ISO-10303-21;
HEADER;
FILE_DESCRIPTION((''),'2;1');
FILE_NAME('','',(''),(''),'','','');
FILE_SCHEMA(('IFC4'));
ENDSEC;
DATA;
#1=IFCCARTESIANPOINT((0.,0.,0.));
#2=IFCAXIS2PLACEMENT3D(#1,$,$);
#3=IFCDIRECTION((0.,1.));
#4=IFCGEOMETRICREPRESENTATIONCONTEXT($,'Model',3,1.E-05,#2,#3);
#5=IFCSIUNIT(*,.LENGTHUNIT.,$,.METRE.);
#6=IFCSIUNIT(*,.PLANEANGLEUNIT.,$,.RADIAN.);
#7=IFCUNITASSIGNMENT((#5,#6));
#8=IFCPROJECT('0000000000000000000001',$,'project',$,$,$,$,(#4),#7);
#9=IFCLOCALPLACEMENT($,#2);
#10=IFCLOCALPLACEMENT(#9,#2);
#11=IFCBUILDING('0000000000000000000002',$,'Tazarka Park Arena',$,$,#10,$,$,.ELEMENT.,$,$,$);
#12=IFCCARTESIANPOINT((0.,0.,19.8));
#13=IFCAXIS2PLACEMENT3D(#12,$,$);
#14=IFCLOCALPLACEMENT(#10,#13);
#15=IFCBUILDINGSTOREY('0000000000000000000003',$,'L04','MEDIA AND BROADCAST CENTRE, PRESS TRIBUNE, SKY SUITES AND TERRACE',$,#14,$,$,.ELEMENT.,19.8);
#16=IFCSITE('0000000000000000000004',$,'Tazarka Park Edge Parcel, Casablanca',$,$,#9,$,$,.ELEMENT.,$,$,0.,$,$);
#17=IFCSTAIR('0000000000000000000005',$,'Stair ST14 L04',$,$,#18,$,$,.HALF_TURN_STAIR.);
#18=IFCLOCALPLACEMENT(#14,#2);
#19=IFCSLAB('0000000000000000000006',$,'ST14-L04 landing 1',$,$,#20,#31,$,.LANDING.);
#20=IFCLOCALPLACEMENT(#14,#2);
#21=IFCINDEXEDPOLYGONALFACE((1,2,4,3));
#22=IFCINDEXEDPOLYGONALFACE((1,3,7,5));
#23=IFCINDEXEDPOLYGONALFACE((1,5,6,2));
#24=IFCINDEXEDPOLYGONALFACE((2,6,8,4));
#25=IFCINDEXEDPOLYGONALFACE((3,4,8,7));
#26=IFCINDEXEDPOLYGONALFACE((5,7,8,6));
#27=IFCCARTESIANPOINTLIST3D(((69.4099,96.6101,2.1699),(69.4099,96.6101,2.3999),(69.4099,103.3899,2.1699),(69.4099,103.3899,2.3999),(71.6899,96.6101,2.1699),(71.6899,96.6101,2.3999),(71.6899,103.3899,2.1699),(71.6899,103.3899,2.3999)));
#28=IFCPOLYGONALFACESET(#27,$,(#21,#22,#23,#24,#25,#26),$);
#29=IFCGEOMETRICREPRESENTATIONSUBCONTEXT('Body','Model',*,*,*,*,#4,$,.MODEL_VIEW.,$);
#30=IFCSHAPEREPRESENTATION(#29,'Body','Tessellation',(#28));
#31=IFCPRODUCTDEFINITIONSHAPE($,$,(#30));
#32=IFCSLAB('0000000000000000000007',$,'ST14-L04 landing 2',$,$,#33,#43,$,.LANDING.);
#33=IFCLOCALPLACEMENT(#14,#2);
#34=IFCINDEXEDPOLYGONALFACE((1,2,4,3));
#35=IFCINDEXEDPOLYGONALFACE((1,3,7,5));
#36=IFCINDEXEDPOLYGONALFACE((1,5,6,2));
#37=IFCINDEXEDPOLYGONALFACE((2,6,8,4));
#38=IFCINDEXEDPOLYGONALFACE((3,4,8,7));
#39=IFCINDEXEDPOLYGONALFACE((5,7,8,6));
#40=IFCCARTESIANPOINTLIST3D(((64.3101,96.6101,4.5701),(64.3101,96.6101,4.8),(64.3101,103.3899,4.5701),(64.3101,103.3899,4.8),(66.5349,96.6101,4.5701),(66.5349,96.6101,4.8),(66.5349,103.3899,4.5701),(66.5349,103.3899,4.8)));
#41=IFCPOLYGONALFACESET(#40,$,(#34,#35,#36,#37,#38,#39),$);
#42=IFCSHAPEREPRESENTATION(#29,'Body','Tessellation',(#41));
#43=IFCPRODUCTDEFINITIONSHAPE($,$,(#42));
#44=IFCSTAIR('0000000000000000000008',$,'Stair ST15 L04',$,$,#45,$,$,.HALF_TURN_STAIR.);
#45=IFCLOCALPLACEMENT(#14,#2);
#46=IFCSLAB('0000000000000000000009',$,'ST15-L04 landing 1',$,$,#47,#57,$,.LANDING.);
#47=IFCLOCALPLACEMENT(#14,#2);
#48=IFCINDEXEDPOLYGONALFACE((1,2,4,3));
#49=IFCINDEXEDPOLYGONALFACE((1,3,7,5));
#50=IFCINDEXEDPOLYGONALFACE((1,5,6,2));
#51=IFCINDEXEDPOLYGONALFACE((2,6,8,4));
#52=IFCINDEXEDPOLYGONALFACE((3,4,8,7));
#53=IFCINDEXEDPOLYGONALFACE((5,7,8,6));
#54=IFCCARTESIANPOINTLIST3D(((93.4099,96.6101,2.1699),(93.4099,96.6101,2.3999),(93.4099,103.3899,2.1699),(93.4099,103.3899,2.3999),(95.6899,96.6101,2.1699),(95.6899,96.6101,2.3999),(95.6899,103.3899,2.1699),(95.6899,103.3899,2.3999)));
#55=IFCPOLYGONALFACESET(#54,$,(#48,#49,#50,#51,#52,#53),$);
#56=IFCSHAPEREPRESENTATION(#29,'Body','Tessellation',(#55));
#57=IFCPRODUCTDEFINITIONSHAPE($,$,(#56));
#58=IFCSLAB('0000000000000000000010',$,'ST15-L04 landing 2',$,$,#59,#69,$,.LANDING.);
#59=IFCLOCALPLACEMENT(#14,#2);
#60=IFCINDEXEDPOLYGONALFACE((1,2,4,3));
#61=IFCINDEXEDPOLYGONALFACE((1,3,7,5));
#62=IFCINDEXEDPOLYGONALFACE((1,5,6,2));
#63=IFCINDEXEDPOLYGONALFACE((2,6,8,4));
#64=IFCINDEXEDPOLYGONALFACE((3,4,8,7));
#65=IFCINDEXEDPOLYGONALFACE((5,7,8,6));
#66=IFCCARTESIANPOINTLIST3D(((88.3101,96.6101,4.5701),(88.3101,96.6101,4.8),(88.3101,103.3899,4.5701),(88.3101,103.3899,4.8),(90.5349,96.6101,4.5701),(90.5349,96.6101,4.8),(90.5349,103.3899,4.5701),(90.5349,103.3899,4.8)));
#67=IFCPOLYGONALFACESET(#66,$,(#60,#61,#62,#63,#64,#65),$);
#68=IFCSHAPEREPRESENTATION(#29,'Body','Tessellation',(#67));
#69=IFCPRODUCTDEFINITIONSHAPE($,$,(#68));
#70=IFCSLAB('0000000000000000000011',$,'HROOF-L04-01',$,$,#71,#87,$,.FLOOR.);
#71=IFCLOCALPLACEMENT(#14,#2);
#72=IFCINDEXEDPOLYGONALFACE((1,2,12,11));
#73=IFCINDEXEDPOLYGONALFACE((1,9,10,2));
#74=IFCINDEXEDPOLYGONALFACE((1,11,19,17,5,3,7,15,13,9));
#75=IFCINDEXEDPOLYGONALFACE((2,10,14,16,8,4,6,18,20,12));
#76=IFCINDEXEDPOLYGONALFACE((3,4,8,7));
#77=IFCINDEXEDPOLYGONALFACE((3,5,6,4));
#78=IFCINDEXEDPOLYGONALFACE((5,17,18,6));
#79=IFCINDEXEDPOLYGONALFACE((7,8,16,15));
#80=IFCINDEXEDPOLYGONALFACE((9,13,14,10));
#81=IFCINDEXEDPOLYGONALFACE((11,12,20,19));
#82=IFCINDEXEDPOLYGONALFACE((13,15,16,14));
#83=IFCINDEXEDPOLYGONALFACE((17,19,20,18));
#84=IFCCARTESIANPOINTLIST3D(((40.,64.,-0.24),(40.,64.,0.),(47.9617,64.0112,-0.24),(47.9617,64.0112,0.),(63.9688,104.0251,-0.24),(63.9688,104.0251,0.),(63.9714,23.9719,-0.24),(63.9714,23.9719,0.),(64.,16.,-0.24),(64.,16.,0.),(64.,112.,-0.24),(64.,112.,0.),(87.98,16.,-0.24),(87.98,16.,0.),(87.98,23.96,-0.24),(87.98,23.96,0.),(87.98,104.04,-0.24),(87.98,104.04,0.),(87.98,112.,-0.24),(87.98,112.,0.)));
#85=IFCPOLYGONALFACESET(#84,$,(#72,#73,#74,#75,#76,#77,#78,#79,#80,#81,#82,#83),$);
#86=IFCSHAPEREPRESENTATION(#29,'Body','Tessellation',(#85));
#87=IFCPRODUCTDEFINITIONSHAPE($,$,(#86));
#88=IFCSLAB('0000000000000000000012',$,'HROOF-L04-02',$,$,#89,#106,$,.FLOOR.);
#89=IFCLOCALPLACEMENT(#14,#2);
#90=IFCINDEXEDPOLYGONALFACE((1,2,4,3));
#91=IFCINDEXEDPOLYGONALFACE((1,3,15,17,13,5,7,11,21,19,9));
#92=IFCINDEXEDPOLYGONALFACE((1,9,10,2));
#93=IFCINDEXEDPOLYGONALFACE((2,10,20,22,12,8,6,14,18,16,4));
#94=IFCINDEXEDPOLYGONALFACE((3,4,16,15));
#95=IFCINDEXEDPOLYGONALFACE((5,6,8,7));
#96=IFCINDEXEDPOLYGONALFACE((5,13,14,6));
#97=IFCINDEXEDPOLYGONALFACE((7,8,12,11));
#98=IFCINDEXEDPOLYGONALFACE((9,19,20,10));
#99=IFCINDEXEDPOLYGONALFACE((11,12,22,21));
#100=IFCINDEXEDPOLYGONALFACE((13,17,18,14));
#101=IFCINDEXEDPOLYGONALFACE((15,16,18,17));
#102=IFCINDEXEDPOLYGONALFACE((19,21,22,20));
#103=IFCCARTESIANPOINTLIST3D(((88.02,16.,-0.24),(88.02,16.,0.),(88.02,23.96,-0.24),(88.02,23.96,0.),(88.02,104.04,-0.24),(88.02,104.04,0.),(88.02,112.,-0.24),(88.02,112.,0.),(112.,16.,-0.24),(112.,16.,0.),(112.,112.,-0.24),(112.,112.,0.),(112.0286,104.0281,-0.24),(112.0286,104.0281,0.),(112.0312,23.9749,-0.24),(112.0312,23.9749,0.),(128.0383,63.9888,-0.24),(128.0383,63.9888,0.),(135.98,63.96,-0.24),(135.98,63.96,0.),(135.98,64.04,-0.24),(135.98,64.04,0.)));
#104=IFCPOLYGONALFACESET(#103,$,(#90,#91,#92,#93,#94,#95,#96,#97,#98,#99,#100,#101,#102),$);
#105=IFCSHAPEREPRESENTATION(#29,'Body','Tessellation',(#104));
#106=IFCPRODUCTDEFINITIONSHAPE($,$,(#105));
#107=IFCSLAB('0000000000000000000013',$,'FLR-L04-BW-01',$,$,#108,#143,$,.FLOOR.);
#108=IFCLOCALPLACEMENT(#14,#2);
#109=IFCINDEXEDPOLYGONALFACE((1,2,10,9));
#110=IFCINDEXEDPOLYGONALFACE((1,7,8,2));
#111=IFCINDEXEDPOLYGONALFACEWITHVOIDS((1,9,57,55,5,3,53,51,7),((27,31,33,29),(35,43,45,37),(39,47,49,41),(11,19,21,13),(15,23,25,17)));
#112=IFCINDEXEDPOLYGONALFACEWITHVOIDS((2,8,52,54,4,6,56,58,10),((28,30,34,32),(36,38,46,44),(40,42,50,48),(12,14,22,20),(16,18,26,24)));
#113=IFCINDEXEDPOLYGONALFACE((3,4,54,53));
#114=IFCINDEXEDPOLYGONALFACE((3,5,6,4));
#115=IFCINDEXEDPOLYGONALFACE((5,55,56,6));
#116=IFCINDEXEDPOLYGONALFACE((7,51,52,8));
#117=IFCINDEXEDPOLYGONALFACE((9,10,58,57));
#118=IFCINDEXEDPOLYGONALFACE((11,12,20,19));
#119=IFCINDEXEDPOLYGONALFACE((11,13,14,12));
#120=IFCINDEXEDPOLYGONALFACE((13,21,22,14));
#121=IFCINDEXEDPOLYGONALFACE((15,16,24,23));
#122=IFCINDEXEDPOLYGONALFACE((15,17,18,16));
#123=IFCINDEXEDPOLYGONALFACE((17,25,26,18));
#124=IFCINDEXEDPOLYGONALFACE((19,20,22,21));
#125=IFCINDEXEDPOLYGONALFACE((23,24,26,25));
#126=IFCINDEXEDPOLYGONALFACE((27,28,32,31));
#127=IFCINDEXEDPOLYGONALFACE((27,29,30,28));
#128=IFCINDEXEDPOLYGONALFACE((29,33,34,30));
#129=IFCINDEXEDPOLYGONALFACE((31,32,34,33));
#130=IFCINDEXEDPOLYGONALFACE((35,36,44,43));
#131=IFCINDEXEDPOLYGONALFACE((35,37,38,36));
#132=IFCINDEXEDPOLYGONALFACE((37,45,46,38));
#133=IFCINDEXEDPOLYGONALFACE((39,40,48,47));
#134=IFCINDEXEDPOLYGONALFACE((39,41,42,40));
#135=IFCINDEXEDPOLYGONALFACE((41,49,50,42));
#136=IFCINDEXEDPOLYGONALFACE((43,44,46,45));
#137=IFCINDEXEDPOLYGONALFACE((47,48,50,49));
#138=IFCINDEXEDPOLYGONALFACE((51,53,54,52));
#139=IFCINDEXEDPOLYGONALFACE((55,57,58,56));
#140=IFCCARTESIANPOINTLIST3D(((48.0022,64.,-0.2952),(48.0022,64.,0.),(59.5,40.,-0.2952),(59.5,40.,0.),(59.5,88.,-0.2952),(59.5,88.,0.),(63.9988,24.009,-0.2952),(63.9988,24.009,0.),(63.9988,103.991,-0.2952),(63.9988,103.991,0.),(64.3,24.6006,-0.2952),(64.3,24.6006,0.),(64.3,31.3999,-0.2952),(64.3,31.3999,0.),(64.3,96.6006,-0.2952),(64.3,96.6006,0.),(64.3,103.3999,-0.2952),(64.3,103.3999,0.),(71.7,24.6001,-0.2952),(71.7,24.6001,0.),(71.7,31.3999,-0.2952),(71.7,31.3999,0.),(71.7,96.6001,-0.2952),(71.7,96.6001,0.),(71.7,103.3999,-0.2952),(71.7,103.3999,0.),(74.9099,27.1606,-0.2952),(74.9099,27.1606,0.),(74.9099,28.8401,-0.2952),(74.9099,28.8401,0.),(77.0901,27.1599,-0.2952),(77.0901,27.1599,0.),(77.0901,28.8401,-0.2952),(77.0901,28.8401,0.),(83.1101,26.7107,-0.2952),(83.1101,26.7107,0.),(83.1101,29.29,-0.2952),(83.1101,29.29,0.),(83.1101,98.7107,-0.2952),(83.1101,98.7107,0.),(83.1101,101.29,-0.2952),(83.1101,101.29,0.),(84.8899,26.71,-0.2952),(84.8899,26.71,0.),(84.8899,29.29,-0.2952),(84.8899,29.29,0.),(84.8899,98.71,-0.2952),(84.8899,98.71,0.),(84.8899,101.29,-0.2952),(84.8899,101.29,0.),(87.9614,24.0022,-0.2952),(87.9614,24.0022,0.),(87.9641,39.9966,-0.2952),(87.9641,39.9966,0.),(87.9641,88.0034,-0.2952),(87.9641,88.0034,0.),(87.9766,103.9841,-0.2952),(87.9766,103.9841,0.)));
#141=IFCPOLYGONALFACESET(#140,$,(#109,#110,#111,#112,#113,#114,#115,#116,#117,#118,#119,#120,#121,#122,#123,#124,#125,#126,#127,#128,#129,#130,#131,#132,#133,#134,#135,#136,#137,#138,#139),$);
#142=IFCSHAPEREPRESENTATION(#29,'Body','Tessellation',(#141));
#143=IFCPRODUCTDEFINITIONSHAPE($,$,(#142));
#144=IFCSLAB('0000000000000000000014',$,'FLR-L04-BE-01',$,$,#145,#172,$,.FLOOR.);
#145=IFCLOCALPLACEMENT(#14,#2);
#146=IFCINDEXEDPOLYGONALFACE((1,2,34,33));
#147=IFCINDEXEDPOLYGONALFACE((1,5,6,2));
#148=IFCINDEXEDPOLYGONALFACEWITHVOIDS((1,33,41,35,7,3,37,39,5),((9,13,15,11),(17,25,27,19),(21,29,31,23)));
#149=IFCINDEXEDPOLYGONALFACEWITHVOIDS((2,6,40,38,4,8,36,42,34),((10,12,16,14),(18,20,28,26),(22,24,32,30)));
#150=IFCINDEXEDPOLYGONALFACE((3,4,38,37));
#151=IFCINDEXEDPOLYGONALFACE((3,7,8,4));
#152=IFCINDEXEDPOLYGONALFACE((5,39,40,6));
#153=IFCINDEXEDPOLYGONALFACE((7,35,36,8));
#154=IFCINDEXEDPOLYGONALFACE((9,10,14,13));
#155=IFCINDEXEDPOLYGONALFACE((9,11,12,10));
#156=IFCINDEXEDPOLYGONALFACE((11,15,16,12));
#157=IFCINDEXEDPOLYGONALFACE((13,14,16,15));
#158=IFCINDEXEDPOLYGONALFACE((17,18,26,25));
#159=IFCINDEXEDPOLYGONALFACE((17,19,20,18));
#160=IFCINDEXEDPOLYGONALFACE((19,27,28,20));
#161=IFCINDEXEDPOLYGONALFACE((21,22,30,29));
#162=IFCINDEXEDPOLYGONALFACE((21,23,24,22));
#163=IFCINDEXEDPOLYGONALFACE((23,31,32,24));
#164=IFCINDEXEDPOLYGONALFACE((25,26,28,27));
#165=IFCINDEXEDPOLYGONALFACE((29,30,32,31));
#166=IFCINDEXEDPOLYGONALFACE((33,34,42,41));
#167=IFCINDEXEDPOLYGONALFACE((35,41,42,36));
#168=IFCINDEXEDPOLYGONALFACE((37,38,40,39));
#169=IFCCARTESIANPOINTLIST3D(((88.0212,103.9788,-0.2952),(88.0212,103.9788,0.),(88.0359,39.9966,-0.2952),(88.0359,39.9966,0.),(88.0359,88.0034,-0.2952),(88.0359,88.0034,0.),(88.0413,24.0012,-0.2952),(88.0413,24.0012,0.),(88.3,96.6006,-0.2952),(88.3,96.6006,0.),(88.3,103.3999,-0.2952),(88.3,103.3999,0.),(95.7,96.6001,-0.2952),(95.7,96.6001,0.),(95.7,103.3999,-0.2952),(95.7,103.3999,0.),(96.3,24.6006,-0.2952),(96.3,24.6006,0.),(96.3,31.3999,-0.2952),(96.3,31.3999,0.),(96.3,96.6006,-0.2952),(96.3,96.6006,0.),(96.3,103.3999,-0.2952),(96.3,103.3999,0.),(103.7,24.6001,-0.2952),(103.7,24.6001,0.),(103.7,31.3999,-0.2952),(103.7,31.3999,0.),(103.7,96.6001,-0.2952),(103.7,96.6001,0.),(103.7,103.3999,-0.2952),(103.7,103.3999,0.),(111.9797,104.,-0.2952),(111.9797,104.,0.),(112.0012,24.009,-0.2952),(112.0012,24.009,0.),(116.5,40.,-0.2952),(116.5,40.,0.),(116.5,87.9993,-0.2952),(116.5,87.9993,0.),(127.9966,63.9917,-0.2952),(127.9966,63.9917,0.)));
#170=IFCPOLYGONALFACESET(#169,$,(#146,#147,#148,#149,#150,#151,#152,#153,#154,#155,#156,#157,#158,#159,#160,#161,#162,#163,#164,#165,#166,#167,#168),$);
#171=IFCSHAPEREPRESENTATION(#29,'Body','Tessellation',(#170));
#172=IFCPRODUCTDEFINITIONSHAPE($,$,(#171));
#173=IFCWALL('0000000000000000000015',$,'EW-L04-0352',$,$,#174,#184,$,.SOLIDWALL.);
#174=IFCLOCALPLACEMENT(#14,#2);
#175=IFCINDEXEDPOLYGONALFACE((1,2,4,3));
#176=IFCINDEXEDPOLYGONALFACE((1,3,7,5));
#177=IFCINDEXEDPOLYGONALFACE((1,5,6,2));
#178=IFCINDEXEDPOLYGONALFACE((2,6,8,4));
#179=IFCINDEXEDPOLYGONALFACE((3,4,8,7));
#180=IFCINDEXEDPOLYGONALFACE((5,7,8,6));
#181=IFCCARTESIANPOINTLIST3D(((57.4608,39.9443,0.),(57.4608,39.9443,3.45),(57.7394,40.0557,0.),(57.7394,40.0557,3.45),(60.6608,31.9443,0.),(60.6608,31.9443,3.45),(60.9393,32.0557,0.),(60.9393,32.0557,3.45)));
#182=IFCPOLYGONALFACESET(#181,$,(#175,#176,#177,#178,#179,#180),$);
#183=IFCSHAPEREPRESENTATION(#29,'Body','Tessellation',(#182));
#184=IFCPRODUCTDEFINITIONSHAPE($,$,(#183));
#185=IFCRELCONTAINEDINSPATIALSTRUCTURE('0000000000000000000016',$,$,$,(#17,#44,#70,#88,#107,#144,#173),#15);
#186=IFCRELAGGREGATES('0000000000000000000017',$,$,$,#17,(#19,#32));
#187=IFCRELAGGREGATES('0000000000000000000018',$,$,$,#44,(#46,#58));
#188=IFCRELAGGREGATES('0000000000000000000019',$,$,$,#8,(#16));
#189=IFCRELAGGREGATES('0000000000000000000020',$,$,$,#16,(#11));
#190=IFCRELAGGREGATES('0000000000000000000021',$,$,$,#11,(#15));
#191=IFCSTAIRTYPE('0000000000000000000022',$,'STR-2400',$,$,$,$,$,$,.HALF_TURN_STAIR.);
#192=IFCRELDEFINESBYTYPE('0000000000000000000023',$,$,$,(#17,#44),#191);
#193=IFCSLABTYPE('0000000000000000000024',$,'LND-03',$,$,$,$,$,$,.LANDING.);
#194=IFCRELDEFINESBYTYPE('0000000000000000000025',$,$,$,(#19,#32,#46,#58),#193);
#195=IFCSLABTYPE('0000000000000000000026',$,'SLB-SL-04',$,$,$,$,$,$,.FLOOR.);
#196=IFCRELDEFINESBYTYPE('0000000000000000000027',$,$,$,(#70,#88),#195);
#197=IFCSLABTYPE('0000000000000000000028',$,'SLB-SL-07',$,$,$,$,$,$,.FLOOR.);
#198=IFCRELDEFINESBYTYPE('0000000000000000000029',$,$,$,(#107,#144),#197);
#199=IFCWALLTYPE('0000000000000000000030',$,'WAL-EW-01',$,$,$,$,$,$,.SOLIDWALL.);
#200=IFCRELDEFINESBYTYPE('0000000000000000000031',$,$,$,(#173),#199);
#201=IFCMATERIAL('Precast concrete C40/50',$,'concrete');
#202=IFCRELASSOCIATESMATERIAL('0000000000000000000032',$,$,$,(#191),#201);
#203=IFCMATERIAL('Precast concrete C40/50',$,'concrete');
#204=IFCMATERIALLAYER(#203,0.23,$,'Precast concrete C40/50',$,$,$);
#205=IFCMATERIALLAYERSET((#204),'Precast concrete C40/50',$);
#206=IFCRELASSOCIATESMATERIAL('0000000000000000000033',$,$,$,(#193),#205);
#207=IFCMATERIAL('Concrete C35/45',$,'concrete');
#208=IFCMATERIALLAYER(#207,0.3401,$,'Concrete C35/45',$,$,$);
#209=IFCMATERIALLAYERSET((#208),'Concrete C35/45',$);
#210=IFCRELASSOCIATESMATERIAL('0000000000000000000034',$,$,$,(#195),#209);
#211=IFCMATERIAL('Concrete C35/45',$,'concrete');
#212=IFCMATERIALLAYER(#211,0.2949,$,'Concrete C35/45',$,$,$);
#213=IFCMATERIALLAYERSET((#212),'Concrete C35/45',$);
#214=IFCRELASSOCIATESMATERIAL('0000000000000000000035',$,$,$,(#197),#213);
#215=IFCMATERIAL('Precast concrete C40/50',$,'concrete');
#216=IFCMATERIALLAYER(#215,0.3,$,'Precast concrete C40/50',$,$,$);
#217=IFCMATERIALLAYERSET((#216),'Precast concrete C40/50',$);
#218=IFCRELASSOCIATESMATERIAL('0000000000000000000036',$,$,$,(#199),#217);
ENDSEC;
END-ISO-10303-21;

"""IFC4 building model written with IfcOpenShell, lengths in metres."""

from ifc_helpers import new_model, si_unit, direction, frame, frame_2d, origin, place, context, subcontext, project, spatial, polyline, rectangle, outline, extrude, material, layer, layer_set, type_object, element, aggregate, save


model = new_model("IFC4")

# Units and contexts
model_context = context("Model", 3, precision=1e-05, world=origin(), true_north=direction((0.0, 1.0)))
body_context = subcontext(model_context, "Body", "Model", "MODEL_VIEW")
ifc_project = project(units=[si_unit("LENGTHUNIT", "METRE"), si_unit("PLANEANGLEUNIT", "RADIAN")], contexts=[model_context])

# Site, building, storey
site_placement = place(None, origin())
site = spatial("IfcSite", under=ifc_project, at=site_placement, Name="Tazarka Park Edge Parcel, Casablanca", CompositionType="ELEMENT", RefElevation=0.0)
building_placement = place(site_placement, origin())
building = spatial("IfcBuilding", under=site, at=building_placement, Name="Tazarka Park Arena", CompositionType="ELEMENT")
storey_placement = place(building_placement, frame((0.0, 0.0, 19.8)))
storey = spatial("IfcBuildingStorey", under=building, at=storey_placement, Name="L04", Description="MEDIA AND BROADCAST CENTRE, PRESS TRIBUNE, SKY SUITES AND TERRACE", CompositionType="ELEMENT", Elevation=19.8)

# Stairs, slabs
ifc_material_1 = material(Name="Precast concrete C40/50", Category="concrete")
stair_type = type_object("IfcStairType", Name="STR-2400", PredefinedType="HALF_TURN_STAIR", material=ifc_material_1)
ifc_material_2 = material(Name="Precast concrete C40/50", Category="concrete")
ifc_layer_1 = layer(ifc_material_2, 0.23, Name="Precast concrete C40/50")
ifc_layer_set_1 = layer_set([ifc_layer_1], Name="Precast concrete C40/50")
slab_type_1 = type_object("IfcSlabType", Name="LND-03", PredefinedType="LANDING", material=ifc_layer_set_1)
stair_1_placement = place(storey_placement, origin())
stair_1 = element("IfcStair", 1, at=stair_1_placement, inside=storey, type_object=stair_type, Name="Stair ST14 L04", PredefinedType="HALF_TURN_STAIR")
slab_1_placement = place(storey_placement, frame((0.0, 0.0, 2.1699)))
slab_1 = element("IfcSlab", 2, at=slab_1_placement, type_object=slab_type_1, Name="ST14-L04 landing 1", PredefinedType="LANDING", context=body_context, shape_type="SweptSolid", body=[
    extrude(outline(polyline([(69.4099, 96.6101), (71.6899, 96.6101), (71.6899, 103.3899), (69.4099, 103.3899), (69.4099, 96.6101)])), origin(), (0.0, 0.0, 1.0), 0.23),
])
slab_2_placement = place(storey_placement, frame((0.0, 0.0, 4.5701)))
slab_2 = element("IfcSlab", 3, at=slab_2_placement, type_object=slab_type_1, Name="ST14-L04 landing 2", PredefinedType="LANDING", context=body_context, shape_type="SweptSolid", body=[
    extrude(outline(polyline([(64.3101, 96.6101), (66.5349, 96.6101), (66.5349, 103.3899), (64.3101, 103.3899), (64.3101, 96.6101)])), origin(), (0.0, 0.0, 1.0), 0.23),
])
aggregate(stair_1, [slab_1, slab_2])
stair_2_placement = place(storey_placement, origin())
stair_2 = element("IfcStair", 4, at=stair_2_placement, inside=storey, type_object=stair_type, Name="Stair ST15 L04", PredefinedType="HALF_TURN_STAIR")
slab_3_placement = place(storey_placement, frame((0.0, 0.0, 2.1699)))
slab_3 = element("IfcSlab", 5, at=slab_3_placement, type_object=slab_type_1, Name="ST15-L04 landing 1", PredefinedType="LANDING", context=body_context, shape_type="SweptSolid", body=[
    extrude(outline(polyline([(93.4099, 96.6101), (95.6899, 96.6101), (95.6899, 103.3899), (93.4099, 103.3899), (93.4099, 96.6101)])), origin(), (0.0, 0.0, 1.0), 0.23),
])
slab_4_placement = place(storey_placement, frame((0.0, 0.0, 4.5701)))
slab_4 = element("IfcSlab", 6, at=slab_4_placement, type_object=slab_type_1, Name="ST15-L04 landing 2", PredefinedType="LANDING", context=body_context, shape_type="SweptSolid", body=[
    extrude(outline(polyline([(88.3101, 96.6101), (90.5349, 96.6101), (90.5349, 103.3899), (88.3101, 103.3899), (88.3101, 96.6101)])), origin(), (0.0, 0.0, 1.0), 0.23),
])
aggregate(stair_2, [slab_3, slab_4])

# Slabs
ifc_material_3 = material(Name="Concrete C35/45", Category="concrete")
ifc_layer_2 = layer(ifc_material_3, 0.3401, Name="Concrete C35/45")
ifc_layer_set_2 = layer_set([ifc_layer_2], Name="Concrete C35/45")
slab_type_2 = type_object("IfcSlabType", Name="SLB-SL-04", PredefinedType="FLOOR", material=ifc_layer_set_2)
slab_5_placement = place(storey_placement, frame((0.0, 0.0, -0.24)))
element("IfcSlab", 7, at=slab_5_placement, inside=storey, type_object=slab_type_2, Name="HROOF-L04-01", PredefinedType="FLOOR", context=body_context, shape_type="SweptSolid", body=[
    extrude(outline(polyline([(87.98, 112.0), (87.98, 104.04), (63.9688, 104.0251), (47.9617, 64.0112), (63.9714, 23.9719), (87.98, 23.96), (87.98, 16.0), (64.0, 16.0), (40.0, 64.0), (64.0, 112.0), (87.98, 112.0)])), origin(), (0.0, 0.0, 1.0), 0.24),
])
slab_6_placement = place(storey_placement, frame((0.0, 0.0, -0.24)))
element("IfcSlab", 8, at=slab_6_placement, inside=storey, type_object=slab_type_2, Name="HROOF-L04-02", PredefinedType="FLOOR", context=body_context, shape_type="SweptSolid", body=[
    extrude(outline(polyline([(112.0, 112.0), (135.98, 64.04), (135.98, 63.96), (112.0, 16.0), (88.02, 16.0), (88.02, 23.96), (112.0312, 23.9749), (128.0383, 63.9888), (112.0286, 104.0281), (88.02, 104.04), (88.02, 112.0), (112.0, 112.0)])), origin(), (0.0, 0.0, 1.0), 0.24),
])
ifc_material_4 = material(Name="Concrete C35/45", Category="concrete")
ifc_layer_3 = layer(ifc_material_4, 0.2949, Name="Concrete C35/45")
ifc_layer_set_3 = layer_set([ifc_layer_3], Name="Concrete C35/45")
slab_type_3 = type_object("IfcSlabType", Name="SLB-SL-07", PredefinedType="FLOOR", material=ifc_layer_set_3)
slab_7_placement = place(storey_placement, frame((0.0, 0.0, -0.2952)))
element("IfcSlab", 9, at=slab_7_placement, inside=storey, type_object=slab_type_3, Name="FLR-L04-BW-01", PredefinedType="FLOOR", context=body_context, shape_type="SweptSolid", body=[
    extrude(outline(polyline([(59.5, 88.0), (59.5, 40.0), (87.9641, 39.9966), (87.9614, 24.0022), (63.9988, 24.009), (48.0022, 64.0), (63.9988, 103.991), (87.9766, 103.9841), (87.9641, 88.0034), (59.5, 88.0)]), holes=[polyline([(83.1101, 26.7107), (84.8899, 26.71), (84.8899, 29.29), (83.1101, 29.29), (83.1101, 26.7107)]), polyline([(83.1101, 98.7107), (84.8899, 98.71), (84.8899, 101.29), (83.1101, 101.29), (83.1101, 98.7107)]), polyline([(74.9099, 27.1606), (77.0901, 27.1599), (77.0901, 28.8401), (74.9099, 28.8401), (74.9099, 27.1606)]), polyline([(64.3, 24.6006), (71.7, 24.6001), (71.7, 31.3999), (64.3, 31.3999), (64.3, 24.6006)]), polyline([(64.3, 96.6006), (71.7, 96.6001), (71.7, 103.3999), (64.3, 103.3999), (64.3, 96.6006)])]), origin(), (0.0, 0.0, 1.0), 0.2952),
])
slab_8_placement = place(storey_placement, frame((0.0, 0.0, -0.2952)))
element("IfcSlab", 10, at=slab_8_placement, inside=storey, type_object=slab_type_3, Name="FLR-L04-BE-01", PredefinedType="FLOOR", context=body_context, shape_type="SweptSolid", body=[
    extrude(outline(polyline([(111.9797, 104.0), (127.9966, 63.9917), (112.0012, 24.009), (88.0413, 24.0012), (88.0359, 39.9966), (116.5, 40.0), (116.5, 87.9993), (88.0359, 88.0034), (88.0212, 103.9788), (111.9797, 104.0)]), holes=[polyline([(96.3, 24.6006), (103.7, 24.6001), (103.7, 31.3999), (96.3, 31.3999), (96.3, 24.6006)]), polyline([(96.3, 96.6006), (103.7, 96.6001), (103.7, 103.3999), (96.3, 103.3999), (96.3, 96.6006)]), polyline([(88.3, 96.6006), (95.7, 96.6001), (95.7, 103.3999), (88.3, 103.3999), (88.3, 96.6006)])]), origin(), (0.0, 0.0, 1.0), 0.2952),
])

# Wall
ifc_material_5 = material(Name="Precast concrete C40/50", Category="concrete")
ifc_layer_4 = layer(ifc_material_5, 0.3, Name="Precast concrete C40/50")
ifc_layer_set_4 = layer_set([ifc_layer_4], Name="Precast concrete C40/50")
wall_type_1 = type_object("IfcWallType", Name="WAL-EW-01", PredefinedType="SOLIDWALL", material=ifc_layer_set_4)
wall_1_placement = place(storey_placement, frame((60.8, 32.0, 0.0), z_axis=(0.0, 0.0, 1.0), x_axis=(-0.371386, 0.928479, 0.0)))
element("IfcWall", 11, at=wall_1_placement, inside=storey, type_object=wall_type_1, Name="EW-L04-0352", PredefinedType="SOLIDWALL", context=body_context, shape_type="SweptSolid", body=[
    extrude(rectangle(XDim=8.6162, YDim=0.3, at=frame_2d((4.3081, 0.0))), origin(), (0.0, 0.0, 1.0), 3.45),
])

save(model, "model.ifc")
